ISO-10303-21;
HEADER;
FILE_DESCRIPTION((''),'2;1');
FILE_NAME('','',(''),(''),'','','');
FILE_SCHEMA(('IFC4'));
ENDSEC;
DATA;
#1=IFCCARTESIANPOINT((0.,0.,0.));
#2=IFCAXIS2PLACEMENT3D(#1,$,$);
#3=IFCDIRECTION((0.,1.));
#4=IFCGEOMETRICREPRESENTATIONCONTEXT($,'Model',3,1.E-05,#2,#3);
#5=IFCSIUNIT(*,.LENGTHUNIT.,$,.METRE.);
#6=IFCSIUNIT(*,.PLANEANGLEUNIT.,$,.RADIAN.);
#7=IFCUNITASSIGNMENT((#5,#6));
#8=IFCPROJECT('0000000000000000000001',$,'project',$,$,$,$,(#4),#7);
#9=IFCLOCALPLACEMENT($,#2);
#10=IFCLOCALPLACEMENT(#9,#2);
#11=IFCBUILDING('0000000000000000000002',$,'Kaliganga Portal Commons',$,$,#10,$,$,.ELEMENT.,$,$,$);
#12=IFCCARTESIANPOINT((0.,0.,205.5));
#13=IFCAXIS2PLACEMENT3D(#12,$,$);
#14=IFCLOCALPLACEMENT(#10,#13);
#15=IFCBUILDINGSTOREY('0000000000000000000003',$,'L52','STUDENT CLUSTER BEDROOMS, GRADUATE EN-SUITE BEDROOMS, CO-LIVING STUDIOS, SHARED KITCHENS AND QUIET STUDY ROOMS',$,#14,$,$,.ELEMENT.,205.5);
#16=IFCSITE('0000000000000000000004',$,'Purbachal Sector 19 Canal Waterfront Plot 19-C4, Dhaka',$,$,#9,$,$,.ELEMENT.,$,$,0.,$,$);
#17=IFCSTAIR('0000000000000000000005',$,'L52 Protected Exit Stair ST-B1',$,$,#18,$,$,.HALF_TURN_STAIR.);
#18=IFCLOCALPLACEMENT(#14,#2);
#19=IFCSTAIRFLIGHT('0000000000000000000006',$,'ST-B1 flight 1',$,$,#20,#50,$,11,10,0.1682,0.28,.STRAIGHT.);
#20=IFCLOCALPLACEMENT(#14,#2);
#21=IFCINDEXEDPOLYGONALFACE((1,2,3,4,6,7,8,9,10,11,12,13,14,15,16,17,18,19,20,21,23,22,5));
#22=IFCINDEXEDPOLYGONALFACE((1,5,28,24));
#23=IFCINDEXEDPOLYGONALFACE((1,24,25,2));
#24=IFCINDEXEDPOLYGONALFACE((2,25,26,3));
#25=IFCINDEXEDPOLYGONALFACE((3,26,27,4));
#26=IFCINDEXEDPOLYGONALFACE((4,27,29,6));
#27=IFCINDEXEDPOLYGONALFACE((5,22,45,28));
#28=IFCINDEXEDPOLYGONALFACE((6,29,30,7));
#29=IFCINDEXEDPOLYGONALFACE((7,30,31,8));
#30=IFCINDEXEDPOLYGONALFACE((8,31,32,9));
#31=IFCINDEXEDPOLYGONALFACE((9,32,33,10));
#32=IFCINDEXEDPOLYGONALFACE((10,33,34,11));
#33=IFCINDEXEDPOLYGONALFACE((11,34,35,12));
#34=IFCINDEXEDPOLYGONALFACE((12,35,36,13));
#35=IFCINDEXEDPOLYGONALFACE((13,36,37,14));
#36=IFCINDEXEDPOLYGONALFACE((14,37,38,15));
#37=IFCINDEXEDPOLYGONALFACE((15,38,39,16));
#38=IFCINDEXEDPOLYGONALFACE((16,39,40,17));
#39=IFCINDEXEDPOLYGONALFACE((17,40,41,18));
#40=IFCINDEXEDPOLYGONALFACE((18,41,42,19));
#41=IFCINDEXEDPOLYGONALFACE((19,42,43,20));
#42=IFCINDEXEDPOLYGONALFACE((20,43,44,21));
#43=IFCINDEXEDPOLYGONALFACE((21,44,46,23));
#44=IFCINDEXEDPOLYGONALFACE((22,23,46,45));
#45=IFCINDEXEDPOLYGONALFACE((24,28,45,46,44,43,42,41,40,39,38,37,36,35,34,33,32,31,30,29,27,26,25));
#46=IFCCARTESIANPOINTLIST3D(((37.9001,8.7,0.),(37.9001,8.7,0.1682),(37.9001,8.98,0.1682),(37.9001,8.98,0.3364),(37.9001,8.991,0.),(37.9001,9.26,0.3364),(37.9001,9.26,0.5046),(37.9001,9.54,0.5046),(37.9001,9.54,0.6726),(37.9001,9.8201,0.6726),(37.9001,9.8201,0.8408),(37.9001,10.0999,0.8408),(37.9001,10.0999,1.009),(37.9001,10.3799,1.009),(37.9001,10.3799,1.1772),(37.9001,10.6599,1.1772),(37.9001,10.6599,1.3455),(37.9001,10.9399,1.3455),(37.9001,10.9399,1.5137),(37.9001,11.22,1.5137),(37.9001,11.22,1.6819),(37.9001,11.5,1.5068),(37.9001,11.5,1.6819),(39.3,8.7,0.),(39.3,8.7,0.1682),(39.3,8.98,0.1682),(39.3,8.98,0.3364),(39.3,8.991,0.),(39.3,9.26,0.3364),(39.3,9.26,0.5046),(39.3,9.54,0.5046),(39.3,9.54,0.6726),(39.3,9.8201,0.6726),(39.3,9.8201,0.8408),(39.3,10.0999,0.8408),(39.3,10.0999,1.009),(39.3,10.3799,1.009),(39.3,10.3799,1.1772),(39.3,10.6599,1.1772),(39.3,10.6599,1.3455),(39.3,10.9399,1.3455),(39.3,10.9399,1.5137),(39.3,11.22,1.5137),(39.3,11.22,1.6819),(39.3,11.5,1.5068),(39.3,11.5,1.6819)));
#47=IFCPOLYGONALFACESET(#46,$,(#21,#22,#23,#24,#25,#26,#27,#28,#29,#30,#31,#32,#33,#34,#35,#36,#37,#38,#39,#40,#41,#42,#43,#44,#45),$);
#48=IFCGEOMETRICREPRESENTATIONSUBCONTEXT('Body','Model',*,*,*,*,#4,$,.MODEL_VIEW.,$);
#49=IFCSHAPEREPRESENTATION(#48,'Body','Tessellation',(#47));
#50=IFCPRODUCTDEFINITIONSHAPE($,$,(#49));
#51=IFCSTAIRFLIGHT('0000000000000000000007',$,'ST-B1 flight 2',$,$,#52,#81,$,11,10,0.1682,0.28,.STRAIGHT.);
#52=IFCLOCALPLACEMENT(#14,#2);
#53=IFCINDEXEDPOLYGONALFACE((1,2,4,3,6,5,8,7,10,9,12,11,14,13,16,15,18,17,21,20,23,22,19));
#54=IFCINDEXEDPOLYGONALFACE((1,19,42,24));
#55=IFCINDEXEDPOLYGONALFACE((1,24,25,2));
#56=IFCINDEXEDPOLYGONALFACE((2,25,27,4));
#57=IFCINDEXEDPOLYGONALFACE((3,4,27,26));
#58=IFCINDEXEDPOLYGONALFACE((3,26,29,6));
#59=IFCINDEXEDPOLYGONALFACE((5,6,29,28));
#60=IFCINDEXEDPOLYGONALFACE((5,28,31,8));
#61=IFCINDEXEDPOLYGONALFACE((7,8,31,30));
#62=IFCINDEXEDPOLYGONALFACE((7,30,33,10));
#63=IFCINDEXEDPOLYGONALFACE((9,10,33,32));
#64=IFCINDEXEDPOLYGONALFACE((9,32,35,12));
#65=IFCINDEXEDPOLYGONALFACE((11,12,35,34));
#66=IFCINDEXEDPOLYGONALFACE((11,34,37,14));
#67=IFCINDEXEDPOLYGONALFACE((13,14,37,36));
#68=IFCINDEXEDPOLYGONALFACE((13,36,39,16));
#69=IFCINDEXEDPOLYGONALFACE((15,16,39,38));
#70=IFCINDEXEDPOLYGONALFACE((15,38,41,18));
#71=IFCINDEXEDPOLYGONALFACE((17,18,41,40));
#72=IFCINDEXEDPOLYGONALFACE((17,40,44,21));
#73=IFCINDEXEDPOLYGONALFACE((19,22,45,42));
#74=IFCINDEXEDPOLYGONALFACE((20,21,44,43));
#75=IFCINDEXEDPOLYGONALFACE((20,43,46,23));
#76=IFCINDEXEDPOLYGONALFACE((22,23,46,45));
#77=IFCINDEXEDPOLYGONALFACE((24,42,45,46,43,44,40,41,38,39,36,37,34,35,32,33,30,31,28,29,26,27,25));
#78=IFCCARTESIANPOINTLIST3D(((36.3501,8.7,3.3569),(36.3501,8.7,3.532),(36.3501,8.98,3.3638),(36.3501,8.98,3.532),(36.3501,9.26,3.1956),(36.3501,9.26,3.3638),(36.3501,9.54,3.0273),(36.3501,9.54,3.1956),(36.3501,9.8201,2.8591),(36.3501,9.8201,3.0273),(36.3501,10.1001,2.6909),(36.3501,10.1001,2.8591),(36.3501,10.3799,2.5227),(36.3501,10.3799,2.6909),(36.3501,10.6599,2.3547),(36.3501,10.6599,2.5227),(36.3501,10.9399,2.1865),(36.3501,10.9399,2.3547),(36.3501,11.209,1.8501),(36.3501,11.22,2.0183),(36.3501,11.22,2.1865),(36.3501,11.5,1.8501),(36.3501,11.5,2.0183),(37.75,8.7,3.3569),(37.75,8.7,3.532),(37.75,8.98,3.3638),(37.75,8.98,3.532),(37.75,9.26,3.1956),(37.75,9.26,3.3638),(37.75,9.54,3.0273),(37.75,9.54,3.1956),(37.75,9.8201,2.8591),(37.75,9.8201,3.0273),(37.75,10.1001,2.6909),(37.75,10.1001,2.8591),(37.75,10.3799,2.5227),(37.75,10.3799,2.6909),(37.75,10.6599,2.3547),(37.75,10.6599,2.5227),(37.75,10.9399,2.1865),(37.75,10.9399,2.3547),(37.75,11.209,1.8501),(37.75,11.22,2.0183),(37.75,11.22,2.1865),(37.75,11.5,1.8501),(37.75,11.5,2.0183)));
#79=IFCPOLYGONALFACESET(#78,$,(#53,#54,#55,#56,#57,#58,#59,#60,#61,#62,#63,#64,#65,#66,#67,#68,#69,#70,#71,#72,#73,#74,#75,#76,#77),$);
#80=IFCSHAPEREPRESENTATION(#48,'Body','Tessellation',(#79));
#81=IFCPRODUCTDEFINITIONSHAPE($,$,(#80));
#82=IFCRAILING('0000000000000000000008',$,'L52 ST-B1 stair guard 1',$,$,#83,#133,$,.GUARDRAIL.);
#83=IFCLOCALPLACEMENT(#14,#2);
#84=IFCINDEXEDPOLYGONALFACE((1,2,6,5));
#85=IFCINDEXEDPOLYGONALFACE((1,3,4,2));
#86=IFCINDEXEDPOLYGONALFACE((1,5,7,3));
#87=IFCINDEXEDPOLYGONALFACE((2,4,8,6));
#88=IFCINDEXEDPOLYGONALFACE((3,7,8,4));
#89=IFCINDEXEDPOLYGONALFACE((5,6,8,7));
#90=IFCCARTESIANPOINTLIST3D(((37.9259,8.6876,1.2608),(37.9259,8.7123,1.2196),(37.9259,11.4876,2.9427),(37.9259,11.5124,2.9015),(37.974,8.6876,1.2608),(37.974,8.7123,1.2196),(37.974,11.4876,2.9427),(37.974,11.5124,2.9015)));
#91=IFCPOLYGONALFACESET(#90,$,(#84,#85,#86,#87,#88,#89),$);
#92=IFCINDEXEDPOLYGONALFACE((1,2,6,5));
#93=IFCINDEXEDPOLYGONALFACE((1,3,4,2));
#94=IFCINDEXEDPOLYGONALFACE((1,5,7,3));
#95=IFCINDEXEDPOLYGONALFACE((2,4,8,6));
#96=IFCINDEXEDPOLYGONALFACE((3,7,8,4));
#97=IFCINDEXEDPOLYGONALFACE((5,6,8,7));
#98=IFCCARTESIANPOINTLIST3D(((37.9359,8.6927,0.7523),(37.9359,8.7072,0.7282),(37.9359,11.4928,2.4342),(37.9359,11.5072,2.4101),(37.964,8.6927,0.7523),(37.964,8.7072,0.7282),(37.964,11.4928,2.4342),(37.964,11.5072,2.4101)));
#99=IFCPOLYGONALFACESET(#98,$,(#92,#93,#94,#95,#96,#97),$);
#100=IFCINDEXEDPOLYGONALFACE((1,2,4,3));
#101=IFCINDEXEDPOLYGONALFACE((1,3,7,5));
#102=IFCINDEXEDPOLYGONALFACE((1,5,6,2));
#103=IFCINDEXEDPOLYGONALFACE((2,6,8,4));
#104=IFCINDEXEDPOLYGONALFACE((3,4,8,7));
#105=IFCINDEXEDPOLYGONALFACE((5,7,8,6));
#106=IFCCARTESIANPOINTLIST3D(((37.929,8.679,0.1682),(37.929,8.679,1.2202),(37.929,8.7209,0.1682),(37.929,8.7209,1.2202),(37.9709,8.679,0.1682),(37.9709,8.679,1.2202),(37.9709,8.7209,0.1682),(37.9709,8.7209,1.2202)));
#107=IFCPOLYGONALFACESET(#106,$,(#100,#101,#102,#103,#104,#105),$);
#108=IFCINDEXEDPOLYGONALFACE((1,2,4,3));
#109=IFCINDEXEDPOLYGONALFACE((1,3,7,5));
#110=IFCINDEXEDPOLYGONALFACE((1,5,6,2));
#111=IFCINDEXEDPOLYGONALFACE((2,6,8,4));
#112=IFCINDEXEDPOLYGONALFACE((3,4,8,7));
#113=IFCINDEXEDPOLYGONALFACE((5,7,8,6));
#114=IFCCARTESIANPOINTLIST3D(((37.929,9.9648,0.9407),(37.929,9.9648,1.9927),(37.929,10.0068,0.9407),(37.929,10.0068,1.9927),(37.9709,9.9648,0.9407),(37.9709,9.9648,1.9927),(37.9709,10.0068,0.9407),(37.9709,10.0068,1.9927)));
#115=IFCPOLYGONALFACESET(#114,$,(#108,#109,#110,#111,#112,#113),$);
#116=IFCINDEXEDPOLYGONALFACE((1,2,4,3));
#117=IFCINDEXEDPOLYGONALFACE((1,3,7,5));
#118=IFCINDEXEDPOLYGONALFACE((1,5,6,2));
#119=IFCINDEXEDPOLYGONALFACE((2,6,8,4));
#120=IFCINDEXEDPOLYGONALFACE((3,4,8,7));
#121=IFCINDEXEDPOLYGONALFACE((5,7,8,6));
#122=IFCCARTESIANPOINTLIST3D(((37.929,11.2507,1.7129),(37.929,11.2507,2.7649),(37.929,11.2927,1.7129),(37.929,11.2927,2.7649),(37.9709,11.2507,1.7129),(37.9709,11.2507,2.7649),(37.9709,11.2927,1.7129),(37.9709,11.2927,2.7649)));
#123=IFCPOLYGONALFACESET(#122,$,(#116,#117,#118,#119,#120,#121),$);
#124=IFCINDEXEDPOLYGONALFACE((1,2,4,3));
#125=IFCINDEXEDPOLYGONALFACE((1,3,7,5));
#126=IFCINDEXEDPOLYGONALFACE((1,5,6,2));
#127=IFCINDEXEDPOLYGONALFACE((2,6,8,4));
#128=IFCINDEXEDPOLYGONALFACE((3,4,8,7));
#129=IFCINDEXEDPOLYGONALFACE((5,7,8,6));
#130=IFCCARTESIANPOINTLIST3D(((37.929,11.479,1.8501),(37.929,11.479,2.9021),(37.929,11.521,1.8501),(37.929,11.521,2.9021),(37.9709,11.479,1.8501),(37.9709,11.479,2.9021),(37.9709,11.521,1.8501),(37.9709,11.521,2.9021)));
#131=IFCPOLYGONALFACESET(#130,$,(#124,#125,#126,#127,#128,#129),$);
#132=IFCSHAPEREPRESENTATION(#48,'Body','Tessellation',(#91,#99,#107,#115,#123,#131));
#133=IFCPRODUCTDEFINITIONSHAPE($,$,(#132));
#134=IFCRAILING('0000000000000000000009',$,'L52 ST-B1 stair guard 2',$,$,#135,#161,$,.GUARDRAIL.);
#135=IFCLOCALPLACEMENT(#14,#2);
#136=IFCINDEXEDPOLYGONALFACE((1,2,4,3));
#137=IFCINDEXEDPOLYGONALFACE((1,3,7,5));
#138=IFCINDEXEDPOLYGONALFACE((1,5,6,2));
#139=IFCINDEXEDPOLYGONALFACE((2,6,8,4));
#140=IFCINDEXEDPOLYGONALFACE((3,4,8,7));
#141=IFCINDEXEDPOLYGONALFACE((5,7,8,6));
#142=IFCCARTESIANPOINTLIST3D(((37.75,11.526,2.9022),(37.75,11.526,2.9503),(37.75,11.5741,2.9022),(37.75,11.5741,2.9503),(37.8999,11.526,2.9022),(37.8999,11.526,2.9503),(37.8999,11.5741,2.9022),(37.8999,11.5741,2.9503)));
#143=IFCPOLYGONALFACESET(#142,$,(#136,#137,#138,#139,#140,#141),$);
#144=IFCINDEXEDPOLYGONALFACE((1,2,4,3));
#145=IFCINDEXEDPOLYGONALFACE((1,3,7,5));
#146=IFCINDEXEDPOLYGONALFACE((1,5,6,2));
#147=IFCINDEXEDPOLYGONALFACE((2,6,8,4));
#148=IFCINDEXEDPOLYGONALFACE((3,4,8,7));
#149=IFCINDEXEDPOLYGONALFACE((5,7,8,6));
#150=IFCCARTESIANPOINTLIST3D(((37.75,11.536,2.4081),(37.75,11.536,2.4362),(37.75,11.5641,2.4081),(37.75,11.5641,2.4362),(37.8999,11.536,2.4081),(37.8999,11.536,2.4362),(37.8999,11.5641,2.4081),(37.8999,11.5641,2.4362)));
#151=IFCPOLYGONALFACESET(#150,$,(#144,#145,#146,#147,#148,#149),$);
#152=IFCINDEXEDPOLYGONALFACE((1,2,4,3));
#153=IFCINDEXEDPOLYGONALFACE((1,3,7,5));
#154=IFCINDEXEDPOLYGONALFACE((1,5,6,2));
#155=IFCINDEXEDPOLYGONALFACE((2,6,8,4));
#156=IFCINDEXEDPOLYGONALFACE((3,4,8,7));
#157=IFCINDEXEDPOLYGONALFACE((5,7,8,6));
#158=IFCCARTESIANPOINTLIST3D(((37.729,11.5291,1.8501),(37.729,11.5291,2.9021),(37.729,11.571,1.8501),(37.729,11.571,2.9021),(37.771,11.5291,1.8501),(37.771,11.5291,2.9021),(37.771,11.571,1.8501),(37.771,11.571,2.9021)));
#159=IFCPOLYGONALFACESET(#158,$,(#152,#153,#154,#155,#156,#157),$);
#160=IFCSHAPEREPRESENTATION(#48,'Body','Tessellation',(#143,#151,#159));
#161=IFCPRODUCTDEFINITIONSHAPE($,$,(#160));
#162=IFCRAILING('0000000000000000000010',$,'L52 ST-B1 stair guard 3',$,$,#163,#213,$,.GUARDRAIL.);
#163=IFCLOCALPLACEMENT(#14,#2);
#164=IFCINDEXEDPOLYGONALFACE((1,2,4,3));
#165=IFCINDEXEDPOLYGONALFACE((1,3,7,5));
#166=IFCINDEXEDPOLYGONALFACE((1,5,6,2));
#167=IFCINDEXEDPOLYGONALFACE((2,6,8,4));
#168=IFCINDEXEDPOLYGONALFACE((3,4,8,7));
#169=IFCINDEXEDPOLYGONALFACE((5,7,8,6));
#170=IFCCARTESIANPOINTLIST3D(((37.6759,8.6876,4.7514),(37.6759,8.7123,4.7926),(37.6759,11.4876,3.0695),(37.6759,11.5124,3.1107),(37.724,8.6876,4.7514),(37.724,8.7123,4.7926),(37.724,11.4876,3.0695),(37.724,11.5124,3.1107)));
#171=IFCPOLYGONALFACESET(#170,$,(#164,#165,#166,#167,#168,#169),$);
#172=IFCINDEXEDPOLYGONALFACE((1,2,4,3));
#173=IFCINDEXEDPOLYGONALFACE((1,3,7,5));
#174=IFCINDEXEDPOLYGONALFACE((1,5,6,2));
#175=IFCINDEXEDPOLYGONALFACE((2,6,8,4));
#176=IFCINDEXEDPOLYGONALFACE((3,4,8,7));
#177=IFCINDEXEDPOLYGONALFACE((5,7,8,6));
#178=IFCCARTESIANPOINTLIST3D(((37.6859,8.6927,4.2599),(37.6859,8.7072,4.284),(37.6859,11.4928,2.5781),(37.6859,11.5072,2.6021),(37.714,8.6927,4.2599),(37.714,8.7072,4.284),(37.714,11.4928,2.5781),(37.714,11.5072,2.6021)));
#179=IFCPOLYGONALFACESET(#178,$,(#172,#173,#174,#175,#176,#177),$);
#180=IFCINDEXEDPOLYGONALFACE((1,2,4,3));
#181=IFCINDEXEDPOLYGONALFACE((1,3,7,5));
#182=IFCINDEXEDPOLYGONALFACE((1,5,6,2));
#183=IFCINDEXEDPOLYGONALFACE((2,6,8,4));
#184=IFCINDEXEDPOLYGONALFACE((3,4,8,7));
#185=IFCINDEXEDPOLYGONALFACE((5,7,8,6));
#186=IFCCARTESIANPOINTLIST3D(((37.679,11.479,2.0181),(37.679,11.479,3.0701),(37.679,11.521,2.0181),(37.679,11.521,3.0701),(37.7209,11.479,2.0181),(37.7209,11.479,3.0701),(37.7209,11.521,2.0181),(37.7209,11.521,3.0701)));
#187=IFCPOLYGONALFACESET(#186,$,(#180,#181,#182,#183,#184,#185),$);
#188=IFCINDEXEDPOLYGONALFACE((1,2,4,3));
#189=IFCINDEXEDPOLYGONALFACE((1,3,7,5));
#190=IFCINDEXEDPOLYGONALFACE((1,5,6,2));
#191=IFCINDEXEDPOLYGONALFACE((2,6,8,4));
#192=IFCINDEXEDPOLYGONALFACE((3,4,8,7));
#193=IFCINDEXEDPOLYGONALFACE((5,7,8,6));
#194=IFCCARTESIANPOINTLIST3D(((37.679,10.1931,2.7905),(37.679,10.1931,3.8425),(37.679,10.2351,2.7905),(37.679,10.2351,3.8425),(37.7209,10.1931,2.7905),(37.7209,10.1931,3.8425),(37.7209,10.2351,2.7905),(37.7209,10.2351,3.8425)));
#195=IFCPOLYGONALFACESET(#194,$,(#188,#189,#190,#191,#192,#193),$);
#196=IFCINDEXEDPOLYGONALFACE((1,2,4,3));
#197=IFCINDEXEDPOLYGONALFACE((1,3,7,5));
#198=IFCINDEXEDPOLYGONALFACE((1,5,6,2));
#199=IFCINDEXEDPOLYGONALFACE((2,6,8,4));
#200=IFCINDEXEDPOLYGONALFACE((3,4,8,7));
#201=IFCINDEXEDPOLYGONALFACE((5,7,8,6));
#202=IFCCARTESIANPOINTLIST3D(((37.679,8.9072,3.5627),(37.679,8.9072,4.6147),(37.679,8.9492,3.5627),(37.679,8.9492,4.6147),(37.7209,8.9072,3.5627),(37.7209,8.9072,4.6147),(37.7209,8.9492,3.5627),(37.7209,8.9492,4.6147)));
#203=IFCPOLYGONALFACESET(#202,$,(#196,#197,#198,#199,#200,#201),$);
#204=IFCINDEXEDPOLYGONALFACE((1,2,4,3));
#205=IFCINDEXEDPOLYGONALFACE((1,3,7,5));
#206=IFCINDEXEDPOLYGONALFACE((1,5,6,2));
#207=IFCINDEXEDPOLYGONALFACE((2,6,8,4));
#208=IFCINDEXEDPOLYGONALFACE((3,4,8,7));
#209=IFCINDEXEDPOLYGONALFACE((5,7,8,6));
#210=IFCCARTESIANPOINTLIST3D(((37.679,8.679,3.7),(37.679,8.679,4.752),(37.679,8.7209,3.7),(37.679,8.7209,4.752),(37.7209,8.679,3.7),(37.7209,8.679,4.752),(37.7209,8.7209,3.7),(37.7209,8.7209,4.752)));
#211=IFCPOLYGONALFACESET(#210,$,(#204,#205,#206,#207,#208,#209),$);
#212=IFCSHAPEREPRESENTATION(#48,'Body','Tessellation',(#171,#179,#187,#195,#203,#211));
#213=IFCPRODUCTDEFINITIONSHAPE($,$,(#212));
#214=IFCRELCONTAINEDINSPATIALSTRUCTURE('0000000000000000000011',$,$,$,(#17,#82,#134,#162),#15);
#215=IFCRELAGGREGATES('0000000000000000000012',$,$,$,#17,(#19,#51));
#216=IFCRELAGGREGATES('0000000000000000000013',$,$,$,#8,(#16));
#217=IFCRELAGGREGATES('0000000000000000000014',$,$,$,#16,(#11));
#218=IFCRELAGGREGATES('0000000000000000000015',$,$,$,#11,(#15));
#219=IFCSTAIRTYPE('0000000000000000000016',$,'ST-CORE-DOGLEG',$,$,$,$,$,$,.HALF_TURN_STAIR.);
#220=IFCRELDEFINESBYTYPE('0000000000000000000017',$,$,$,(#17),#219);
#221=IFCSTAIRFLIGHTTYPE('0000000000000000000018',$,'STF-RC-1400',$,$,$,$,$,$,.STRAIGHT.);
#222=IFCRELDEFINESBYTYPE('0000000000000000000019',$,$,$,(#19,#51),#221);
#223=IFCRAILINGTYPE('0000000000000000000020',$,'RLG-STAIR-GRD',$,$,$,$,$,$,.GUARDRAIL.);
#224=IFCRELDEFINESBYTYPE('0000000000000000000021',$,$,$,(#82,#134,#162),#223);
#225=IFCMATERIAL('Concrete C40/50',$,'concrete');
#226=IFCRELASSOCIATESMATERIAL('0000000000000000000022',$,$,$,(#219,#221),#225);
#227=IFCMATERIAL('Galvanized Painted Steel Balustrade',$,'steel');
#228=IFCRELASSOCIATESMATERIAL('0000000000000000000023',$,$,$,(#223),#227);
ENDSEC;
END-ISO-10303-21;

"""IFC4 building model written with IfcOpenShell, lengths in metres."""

from ifc_helpers import new_model, si_unit, direction, frame, origin, origin_2d, place, context, subcontext, project, spatial, polyline, rectangle, outline, extrude, material, type_object, element, aggregate, save


model = new_model("IFC4")

# Units and contexts
model_context = context("Model", 3, precision=1e-05, world=origin(), true_north=direction((0.0, 1.0)))
body_context = subcontext(model_context, "Body", "Model", "MODEL_VIEW")
ifc_project = project(units=[si_unit("LENGTHUNIT", "METRE"), si_unit("PLANEANGLEUNIT", "RADIAN")], contexts=[model_context])

# Site, building, storey
site_placement = place(None, origin())
site = spatial("IfcSite", under=ifc_project, at=site_placement, Name="Purbachal Sector 19 Canal Waterfront Plot 19-C4, Dhaka", CompositionType="ELEMENT", RefElevation=0.0)
building_placement = place(site_placement, origin())
building = spatial("IfcBuilding", under=site, at=building_placement, Name="Kaliganga Portal Commons", CompositionType="ELEMENT")
storey_placement = place(building_placement, frame((0.0, 0.0, 205.5)))
storey = spatial("IfcBuildingStorey", under=building, at=storey_placement, Name="L52", Description="STUDENT CLUSTER BEDROOMS, GRADUATE EN-SUITE BEDROOMS, CO-LIVING STUDIOS, SHARED KITCHENS AND QUIET STUDY ROOMS", CompositionType="ELEMENT", Elevation=205.5)

# Stair, stair flights
ifc_material_1 = material(Name="Concrete C40/50", Category="concrete")
stair_type = type_object("IfcStairType", Name="ST-CORE-DOGLEG", PredefinedType="HALF_TURN_STAIR", material=ifc_material_1)
stair_placement = place(storey_placement, origin())
stair = element("IfcStair", 1, at=stair_placement, inside=storey, type_object=stair_type, Name="L52 Protected Exit Stair ST-B1", PredefinedType="HALF_TURN_STAIR")
stair_flight_type = type_object("IfcStairFlightType", Name="STF-RC-1400", PredefinedType="STRAIGHT", material=ifc_material_1)
stair_flight_1_placement = place(storey_placement, frame((38.6001, 8.7, 0.0), z_axis=(0.0, 0.0, 1.0), x_axis=(0.0, 1.0, 0.0)))
stair_flight_1 = element("IfcStairFlight", 2, at=stair_flight_1_placement, type_object=stair_flight_type, Name="ST-B1 flight 1", NumberOfRisers=11, NumberOfTreads=10, PredefinedType="STRAIGHT", RiserHeight=0.1682, TreadLength=0.28, context=body_context, shape_type="SweptSolid", body=[
    extrude(outline(polyline([(0.0, 0.0), (0.0, 0.1682), (0.28, 0.1682), (0.28, 0.3364), (0.5601, 0.3364), (0.5601, 0.5046), (0.8401, 0.5046), (0.8401, 0.6726), (1.1201, 0.6726), (1.1201, 0.8408), (1.3999, 0.8408), (1.3999, 1.009), (1.6799, 1.009), (1.6799, 1.1772), (1.96, 1.1772), (1.96, 1.3455), (2.24, 1.3455), (2.24, 1.5137), (2.52, 1.5137), (2.52, 1.6819), (2.8, 1.6819), (2.8, 1.8501), (2.8, 1.5068), (0.291, 0.0), (0.0, 0.0)])), frame((0.0, 0.7, 0.0), z_axis=(0.0, -1.0, 0.0), x_axis=(1.0, 0.0, 0.0)), (0.0, 0.0, 1.0), 1.3999),
])
stair_flight_2_placement = place(storey_placement, frame((37.05, 11.5, 1.8501), z_axis=(0.0, 0.0, 1.0), x_axis=(0.0, -1.0, 0.0)))
stair_flight_2 = element("IfcStairFlight", 3, at=stair_flight_2_placement, type_object=stair_flight_type, Name="ST-B1 flight 2", NumberOfRisers=11, NumberOfTreads=10, PredefinedType="STRAIGHT", RiserHeight=0.1682, TreadLength=0.28, context=body_context, shape_type="SweptSolid", body=[
    extrude(outline(polyline([(0.0, 0.0), (0.0, 0.1682), (0.28, 0.1682), (0.28, 0.3364), (0.5601, 0.3364), (0.5601, 0.5046), (0.8401, 0.5046), (0.8401, 0.6726), (1.1201, 0.6726), (1.1201, 0.8408), (1.3999, 0.8408), (1.3999, 1.009), (1.6799, 1.009), (1.6799, 1.1772), (1.96, 1.1772), (1.96, 1.3455), (2.24, 1.3455), (2.24, 1.5137), (2.52, 1.5137), (2.52, 1.6819), (2.8, 1.6819), (2.8, 1.8501), (2.8, 1.5068), (0.291, 0.0), (0.0, 0.0)])), frame((0.0, 0.7, 0.0), z_axis=(0.0, -1.0, 0.0), x_axis=(1.0, 0.0, 0.0)), (0.0, 0.0, 1.0), 1.3999),
])
aggregate(stair, [stair_flight_1, stair_flight_2])

# Railings
ifc_material_2 = material(Name="Galvanized Painted Steel Balustrade", Category="steel")
railing_type_1 = type_object("IfcRailingType", Name="RLG-STAIR-GRD", PredefinedType="GUARDRAIL", material=ifc_material_2)
railing_1_placement = place(storey_placement, frame((37.95, 8.7, 0.1682)))
element("IfcRailing", 4, at=railing_1_placement, inside=storey, type_object=railing_type_1, Name="L52 ST-B1 stair guard 1", PredefinedType="GUARDRAIL", context=body_context, shape_type="SweptSolid", body=[
    extrude(rectangle(XDim=0.0481, YDim=0.0481, at=origin_2d()), frame((0.0, 0.0, 1.072), z_axis=(0.0, 0.857242, 0.514913), x_axis=(-1.0, 0.0, 0.0)), (0.0, 0.0, 1.0), 3.2664),
    extrude(rectangle(XDim=0.0281, YDim=0.0281, at=origin_2d()), frame((0.0, 0.0, 0.572), z_axis=(0.0, 0.857242, 0.514913), x_axis=(-1.0, 0.0, 0.0)), (0.0, 0.0, 1.0), 3.2664),
    extrude(rectangle(XDim=0.042, YDim=0.042, at=origin_2d()), origin(), (0.0, 0.0, 1.0), 1.052),
    extrude(rectangle(XDim=0.042, YDim=0.042, at=origin_2d()), frame((0.0, 1.2859, 0.7725)), (0.0, 0.0, 1.0), 1.052),
    extrude(rectangle(XDim=0.042, YDim=0.042, at=origin_2d()), frame((0.0, 2.5718, 1.5447)), (0.0, 0.0, 1.0), 1.052),
    extrude(rectangle(XDim=0.042, YDim=0.042, at=origin_2d()), frame((0.0, 2.8, 1.6819)), (0.0, 0.0, 1.0), 1.052),
])
railing_2_placement = place(storey_placement, frame((37.8999, 11.55, 1.8501)))
element("IfcRailing", 5, at=railing_2_placement, inside=storey, type_object=railing_type_1, Name="L52 ST-B1 stair guard 2", PredefinedType="GUARDRAIL", context=body_context, shape_type="SweptSolid", body=[
    extrude(rectangle(XDim=0.0481, YDim=0.0481, at=origin_2d()), frame((0.0, 0.0, 1.0762), z_axis=(-1.0, 0.0, 0.0), x_axis=(0.0, -1.0, 0.0)), (0.0, 0.0, 1.0), 0.1499),
    extrude(rectangle(XDim=0.0281, YDim=0.0281, at=origin_2d()), frame((0.0, 0.0, 0.572), z_axis=(-1.0, 0.0, 0.0), x_axis=(0.0, -1.0, 0.0)), (0.0, 0.0, 1.0), 0.1499),
    extrude(rectangle(XDim=0.042, YDim=0.042, at=origin_2d()), frame((-0.1499, 0.0, 0.0)), (0.0, 0.0, 1.0), 1.052),
])
railing_3_placement = place(storey_placement, frame((37.7, 11.5, 2.0181)))
element("IfcRailing", 6, at=railing_3_placement, inside=storey, type_object=railing_type_1, Name="L52 ST-B1 stair guard 3", PredefinedType="GUARDRAIL", context=body_context, shape_type="SweptSolid", body=[
    extrude(rectangle(XDim=0.0481, YDim=0.0481, at=origin_2d()), frame((0.0, 0.0, 1.072), z_axis=(0.0, -0.857242, 0.514913), x_axis=(1.0, 0.0, 0.0)), (0.0, 0.0, 1.0), 3.2664),
    extrude(rectangle(XDim=0.0281, YDim=0.0281, at=origin_2d()), frame((0.0, 0.0, 0.572), z_axis=(0.0, -0.857242, 0.514913), x_axis=(1.0, 0.0, 0.0)), (0.0, 0.0, 1.0), 3.2664),
    extrude(rectangle(XDim=0.042, YDim=0.042, at=origin_2d()), origin(), (0.0, 0.0, 1.0), 1.052),
    extrude(rectangle(XDim=0.042, YDim=0.042, at=origin_2d()), frame((0.0, -1.2859, 0.7725)), (0.0, 0.0, 1.0), 1.052),
    extrude(rectangle(XDim=0.042, YDim=0.042, at=origin_2d()), frame((0.0, -2.5718, 1.5447)), (0.0, 0.0, 1.0), 1.052),
    extrude(rectangle(XDim=0.042, YDim=0.042, at=origin_2d()), frame((0.0, -2.8, 1.6819)), (0.0, 0.0, 1.0), 1.052),
])

save(model, "model.ifc")
